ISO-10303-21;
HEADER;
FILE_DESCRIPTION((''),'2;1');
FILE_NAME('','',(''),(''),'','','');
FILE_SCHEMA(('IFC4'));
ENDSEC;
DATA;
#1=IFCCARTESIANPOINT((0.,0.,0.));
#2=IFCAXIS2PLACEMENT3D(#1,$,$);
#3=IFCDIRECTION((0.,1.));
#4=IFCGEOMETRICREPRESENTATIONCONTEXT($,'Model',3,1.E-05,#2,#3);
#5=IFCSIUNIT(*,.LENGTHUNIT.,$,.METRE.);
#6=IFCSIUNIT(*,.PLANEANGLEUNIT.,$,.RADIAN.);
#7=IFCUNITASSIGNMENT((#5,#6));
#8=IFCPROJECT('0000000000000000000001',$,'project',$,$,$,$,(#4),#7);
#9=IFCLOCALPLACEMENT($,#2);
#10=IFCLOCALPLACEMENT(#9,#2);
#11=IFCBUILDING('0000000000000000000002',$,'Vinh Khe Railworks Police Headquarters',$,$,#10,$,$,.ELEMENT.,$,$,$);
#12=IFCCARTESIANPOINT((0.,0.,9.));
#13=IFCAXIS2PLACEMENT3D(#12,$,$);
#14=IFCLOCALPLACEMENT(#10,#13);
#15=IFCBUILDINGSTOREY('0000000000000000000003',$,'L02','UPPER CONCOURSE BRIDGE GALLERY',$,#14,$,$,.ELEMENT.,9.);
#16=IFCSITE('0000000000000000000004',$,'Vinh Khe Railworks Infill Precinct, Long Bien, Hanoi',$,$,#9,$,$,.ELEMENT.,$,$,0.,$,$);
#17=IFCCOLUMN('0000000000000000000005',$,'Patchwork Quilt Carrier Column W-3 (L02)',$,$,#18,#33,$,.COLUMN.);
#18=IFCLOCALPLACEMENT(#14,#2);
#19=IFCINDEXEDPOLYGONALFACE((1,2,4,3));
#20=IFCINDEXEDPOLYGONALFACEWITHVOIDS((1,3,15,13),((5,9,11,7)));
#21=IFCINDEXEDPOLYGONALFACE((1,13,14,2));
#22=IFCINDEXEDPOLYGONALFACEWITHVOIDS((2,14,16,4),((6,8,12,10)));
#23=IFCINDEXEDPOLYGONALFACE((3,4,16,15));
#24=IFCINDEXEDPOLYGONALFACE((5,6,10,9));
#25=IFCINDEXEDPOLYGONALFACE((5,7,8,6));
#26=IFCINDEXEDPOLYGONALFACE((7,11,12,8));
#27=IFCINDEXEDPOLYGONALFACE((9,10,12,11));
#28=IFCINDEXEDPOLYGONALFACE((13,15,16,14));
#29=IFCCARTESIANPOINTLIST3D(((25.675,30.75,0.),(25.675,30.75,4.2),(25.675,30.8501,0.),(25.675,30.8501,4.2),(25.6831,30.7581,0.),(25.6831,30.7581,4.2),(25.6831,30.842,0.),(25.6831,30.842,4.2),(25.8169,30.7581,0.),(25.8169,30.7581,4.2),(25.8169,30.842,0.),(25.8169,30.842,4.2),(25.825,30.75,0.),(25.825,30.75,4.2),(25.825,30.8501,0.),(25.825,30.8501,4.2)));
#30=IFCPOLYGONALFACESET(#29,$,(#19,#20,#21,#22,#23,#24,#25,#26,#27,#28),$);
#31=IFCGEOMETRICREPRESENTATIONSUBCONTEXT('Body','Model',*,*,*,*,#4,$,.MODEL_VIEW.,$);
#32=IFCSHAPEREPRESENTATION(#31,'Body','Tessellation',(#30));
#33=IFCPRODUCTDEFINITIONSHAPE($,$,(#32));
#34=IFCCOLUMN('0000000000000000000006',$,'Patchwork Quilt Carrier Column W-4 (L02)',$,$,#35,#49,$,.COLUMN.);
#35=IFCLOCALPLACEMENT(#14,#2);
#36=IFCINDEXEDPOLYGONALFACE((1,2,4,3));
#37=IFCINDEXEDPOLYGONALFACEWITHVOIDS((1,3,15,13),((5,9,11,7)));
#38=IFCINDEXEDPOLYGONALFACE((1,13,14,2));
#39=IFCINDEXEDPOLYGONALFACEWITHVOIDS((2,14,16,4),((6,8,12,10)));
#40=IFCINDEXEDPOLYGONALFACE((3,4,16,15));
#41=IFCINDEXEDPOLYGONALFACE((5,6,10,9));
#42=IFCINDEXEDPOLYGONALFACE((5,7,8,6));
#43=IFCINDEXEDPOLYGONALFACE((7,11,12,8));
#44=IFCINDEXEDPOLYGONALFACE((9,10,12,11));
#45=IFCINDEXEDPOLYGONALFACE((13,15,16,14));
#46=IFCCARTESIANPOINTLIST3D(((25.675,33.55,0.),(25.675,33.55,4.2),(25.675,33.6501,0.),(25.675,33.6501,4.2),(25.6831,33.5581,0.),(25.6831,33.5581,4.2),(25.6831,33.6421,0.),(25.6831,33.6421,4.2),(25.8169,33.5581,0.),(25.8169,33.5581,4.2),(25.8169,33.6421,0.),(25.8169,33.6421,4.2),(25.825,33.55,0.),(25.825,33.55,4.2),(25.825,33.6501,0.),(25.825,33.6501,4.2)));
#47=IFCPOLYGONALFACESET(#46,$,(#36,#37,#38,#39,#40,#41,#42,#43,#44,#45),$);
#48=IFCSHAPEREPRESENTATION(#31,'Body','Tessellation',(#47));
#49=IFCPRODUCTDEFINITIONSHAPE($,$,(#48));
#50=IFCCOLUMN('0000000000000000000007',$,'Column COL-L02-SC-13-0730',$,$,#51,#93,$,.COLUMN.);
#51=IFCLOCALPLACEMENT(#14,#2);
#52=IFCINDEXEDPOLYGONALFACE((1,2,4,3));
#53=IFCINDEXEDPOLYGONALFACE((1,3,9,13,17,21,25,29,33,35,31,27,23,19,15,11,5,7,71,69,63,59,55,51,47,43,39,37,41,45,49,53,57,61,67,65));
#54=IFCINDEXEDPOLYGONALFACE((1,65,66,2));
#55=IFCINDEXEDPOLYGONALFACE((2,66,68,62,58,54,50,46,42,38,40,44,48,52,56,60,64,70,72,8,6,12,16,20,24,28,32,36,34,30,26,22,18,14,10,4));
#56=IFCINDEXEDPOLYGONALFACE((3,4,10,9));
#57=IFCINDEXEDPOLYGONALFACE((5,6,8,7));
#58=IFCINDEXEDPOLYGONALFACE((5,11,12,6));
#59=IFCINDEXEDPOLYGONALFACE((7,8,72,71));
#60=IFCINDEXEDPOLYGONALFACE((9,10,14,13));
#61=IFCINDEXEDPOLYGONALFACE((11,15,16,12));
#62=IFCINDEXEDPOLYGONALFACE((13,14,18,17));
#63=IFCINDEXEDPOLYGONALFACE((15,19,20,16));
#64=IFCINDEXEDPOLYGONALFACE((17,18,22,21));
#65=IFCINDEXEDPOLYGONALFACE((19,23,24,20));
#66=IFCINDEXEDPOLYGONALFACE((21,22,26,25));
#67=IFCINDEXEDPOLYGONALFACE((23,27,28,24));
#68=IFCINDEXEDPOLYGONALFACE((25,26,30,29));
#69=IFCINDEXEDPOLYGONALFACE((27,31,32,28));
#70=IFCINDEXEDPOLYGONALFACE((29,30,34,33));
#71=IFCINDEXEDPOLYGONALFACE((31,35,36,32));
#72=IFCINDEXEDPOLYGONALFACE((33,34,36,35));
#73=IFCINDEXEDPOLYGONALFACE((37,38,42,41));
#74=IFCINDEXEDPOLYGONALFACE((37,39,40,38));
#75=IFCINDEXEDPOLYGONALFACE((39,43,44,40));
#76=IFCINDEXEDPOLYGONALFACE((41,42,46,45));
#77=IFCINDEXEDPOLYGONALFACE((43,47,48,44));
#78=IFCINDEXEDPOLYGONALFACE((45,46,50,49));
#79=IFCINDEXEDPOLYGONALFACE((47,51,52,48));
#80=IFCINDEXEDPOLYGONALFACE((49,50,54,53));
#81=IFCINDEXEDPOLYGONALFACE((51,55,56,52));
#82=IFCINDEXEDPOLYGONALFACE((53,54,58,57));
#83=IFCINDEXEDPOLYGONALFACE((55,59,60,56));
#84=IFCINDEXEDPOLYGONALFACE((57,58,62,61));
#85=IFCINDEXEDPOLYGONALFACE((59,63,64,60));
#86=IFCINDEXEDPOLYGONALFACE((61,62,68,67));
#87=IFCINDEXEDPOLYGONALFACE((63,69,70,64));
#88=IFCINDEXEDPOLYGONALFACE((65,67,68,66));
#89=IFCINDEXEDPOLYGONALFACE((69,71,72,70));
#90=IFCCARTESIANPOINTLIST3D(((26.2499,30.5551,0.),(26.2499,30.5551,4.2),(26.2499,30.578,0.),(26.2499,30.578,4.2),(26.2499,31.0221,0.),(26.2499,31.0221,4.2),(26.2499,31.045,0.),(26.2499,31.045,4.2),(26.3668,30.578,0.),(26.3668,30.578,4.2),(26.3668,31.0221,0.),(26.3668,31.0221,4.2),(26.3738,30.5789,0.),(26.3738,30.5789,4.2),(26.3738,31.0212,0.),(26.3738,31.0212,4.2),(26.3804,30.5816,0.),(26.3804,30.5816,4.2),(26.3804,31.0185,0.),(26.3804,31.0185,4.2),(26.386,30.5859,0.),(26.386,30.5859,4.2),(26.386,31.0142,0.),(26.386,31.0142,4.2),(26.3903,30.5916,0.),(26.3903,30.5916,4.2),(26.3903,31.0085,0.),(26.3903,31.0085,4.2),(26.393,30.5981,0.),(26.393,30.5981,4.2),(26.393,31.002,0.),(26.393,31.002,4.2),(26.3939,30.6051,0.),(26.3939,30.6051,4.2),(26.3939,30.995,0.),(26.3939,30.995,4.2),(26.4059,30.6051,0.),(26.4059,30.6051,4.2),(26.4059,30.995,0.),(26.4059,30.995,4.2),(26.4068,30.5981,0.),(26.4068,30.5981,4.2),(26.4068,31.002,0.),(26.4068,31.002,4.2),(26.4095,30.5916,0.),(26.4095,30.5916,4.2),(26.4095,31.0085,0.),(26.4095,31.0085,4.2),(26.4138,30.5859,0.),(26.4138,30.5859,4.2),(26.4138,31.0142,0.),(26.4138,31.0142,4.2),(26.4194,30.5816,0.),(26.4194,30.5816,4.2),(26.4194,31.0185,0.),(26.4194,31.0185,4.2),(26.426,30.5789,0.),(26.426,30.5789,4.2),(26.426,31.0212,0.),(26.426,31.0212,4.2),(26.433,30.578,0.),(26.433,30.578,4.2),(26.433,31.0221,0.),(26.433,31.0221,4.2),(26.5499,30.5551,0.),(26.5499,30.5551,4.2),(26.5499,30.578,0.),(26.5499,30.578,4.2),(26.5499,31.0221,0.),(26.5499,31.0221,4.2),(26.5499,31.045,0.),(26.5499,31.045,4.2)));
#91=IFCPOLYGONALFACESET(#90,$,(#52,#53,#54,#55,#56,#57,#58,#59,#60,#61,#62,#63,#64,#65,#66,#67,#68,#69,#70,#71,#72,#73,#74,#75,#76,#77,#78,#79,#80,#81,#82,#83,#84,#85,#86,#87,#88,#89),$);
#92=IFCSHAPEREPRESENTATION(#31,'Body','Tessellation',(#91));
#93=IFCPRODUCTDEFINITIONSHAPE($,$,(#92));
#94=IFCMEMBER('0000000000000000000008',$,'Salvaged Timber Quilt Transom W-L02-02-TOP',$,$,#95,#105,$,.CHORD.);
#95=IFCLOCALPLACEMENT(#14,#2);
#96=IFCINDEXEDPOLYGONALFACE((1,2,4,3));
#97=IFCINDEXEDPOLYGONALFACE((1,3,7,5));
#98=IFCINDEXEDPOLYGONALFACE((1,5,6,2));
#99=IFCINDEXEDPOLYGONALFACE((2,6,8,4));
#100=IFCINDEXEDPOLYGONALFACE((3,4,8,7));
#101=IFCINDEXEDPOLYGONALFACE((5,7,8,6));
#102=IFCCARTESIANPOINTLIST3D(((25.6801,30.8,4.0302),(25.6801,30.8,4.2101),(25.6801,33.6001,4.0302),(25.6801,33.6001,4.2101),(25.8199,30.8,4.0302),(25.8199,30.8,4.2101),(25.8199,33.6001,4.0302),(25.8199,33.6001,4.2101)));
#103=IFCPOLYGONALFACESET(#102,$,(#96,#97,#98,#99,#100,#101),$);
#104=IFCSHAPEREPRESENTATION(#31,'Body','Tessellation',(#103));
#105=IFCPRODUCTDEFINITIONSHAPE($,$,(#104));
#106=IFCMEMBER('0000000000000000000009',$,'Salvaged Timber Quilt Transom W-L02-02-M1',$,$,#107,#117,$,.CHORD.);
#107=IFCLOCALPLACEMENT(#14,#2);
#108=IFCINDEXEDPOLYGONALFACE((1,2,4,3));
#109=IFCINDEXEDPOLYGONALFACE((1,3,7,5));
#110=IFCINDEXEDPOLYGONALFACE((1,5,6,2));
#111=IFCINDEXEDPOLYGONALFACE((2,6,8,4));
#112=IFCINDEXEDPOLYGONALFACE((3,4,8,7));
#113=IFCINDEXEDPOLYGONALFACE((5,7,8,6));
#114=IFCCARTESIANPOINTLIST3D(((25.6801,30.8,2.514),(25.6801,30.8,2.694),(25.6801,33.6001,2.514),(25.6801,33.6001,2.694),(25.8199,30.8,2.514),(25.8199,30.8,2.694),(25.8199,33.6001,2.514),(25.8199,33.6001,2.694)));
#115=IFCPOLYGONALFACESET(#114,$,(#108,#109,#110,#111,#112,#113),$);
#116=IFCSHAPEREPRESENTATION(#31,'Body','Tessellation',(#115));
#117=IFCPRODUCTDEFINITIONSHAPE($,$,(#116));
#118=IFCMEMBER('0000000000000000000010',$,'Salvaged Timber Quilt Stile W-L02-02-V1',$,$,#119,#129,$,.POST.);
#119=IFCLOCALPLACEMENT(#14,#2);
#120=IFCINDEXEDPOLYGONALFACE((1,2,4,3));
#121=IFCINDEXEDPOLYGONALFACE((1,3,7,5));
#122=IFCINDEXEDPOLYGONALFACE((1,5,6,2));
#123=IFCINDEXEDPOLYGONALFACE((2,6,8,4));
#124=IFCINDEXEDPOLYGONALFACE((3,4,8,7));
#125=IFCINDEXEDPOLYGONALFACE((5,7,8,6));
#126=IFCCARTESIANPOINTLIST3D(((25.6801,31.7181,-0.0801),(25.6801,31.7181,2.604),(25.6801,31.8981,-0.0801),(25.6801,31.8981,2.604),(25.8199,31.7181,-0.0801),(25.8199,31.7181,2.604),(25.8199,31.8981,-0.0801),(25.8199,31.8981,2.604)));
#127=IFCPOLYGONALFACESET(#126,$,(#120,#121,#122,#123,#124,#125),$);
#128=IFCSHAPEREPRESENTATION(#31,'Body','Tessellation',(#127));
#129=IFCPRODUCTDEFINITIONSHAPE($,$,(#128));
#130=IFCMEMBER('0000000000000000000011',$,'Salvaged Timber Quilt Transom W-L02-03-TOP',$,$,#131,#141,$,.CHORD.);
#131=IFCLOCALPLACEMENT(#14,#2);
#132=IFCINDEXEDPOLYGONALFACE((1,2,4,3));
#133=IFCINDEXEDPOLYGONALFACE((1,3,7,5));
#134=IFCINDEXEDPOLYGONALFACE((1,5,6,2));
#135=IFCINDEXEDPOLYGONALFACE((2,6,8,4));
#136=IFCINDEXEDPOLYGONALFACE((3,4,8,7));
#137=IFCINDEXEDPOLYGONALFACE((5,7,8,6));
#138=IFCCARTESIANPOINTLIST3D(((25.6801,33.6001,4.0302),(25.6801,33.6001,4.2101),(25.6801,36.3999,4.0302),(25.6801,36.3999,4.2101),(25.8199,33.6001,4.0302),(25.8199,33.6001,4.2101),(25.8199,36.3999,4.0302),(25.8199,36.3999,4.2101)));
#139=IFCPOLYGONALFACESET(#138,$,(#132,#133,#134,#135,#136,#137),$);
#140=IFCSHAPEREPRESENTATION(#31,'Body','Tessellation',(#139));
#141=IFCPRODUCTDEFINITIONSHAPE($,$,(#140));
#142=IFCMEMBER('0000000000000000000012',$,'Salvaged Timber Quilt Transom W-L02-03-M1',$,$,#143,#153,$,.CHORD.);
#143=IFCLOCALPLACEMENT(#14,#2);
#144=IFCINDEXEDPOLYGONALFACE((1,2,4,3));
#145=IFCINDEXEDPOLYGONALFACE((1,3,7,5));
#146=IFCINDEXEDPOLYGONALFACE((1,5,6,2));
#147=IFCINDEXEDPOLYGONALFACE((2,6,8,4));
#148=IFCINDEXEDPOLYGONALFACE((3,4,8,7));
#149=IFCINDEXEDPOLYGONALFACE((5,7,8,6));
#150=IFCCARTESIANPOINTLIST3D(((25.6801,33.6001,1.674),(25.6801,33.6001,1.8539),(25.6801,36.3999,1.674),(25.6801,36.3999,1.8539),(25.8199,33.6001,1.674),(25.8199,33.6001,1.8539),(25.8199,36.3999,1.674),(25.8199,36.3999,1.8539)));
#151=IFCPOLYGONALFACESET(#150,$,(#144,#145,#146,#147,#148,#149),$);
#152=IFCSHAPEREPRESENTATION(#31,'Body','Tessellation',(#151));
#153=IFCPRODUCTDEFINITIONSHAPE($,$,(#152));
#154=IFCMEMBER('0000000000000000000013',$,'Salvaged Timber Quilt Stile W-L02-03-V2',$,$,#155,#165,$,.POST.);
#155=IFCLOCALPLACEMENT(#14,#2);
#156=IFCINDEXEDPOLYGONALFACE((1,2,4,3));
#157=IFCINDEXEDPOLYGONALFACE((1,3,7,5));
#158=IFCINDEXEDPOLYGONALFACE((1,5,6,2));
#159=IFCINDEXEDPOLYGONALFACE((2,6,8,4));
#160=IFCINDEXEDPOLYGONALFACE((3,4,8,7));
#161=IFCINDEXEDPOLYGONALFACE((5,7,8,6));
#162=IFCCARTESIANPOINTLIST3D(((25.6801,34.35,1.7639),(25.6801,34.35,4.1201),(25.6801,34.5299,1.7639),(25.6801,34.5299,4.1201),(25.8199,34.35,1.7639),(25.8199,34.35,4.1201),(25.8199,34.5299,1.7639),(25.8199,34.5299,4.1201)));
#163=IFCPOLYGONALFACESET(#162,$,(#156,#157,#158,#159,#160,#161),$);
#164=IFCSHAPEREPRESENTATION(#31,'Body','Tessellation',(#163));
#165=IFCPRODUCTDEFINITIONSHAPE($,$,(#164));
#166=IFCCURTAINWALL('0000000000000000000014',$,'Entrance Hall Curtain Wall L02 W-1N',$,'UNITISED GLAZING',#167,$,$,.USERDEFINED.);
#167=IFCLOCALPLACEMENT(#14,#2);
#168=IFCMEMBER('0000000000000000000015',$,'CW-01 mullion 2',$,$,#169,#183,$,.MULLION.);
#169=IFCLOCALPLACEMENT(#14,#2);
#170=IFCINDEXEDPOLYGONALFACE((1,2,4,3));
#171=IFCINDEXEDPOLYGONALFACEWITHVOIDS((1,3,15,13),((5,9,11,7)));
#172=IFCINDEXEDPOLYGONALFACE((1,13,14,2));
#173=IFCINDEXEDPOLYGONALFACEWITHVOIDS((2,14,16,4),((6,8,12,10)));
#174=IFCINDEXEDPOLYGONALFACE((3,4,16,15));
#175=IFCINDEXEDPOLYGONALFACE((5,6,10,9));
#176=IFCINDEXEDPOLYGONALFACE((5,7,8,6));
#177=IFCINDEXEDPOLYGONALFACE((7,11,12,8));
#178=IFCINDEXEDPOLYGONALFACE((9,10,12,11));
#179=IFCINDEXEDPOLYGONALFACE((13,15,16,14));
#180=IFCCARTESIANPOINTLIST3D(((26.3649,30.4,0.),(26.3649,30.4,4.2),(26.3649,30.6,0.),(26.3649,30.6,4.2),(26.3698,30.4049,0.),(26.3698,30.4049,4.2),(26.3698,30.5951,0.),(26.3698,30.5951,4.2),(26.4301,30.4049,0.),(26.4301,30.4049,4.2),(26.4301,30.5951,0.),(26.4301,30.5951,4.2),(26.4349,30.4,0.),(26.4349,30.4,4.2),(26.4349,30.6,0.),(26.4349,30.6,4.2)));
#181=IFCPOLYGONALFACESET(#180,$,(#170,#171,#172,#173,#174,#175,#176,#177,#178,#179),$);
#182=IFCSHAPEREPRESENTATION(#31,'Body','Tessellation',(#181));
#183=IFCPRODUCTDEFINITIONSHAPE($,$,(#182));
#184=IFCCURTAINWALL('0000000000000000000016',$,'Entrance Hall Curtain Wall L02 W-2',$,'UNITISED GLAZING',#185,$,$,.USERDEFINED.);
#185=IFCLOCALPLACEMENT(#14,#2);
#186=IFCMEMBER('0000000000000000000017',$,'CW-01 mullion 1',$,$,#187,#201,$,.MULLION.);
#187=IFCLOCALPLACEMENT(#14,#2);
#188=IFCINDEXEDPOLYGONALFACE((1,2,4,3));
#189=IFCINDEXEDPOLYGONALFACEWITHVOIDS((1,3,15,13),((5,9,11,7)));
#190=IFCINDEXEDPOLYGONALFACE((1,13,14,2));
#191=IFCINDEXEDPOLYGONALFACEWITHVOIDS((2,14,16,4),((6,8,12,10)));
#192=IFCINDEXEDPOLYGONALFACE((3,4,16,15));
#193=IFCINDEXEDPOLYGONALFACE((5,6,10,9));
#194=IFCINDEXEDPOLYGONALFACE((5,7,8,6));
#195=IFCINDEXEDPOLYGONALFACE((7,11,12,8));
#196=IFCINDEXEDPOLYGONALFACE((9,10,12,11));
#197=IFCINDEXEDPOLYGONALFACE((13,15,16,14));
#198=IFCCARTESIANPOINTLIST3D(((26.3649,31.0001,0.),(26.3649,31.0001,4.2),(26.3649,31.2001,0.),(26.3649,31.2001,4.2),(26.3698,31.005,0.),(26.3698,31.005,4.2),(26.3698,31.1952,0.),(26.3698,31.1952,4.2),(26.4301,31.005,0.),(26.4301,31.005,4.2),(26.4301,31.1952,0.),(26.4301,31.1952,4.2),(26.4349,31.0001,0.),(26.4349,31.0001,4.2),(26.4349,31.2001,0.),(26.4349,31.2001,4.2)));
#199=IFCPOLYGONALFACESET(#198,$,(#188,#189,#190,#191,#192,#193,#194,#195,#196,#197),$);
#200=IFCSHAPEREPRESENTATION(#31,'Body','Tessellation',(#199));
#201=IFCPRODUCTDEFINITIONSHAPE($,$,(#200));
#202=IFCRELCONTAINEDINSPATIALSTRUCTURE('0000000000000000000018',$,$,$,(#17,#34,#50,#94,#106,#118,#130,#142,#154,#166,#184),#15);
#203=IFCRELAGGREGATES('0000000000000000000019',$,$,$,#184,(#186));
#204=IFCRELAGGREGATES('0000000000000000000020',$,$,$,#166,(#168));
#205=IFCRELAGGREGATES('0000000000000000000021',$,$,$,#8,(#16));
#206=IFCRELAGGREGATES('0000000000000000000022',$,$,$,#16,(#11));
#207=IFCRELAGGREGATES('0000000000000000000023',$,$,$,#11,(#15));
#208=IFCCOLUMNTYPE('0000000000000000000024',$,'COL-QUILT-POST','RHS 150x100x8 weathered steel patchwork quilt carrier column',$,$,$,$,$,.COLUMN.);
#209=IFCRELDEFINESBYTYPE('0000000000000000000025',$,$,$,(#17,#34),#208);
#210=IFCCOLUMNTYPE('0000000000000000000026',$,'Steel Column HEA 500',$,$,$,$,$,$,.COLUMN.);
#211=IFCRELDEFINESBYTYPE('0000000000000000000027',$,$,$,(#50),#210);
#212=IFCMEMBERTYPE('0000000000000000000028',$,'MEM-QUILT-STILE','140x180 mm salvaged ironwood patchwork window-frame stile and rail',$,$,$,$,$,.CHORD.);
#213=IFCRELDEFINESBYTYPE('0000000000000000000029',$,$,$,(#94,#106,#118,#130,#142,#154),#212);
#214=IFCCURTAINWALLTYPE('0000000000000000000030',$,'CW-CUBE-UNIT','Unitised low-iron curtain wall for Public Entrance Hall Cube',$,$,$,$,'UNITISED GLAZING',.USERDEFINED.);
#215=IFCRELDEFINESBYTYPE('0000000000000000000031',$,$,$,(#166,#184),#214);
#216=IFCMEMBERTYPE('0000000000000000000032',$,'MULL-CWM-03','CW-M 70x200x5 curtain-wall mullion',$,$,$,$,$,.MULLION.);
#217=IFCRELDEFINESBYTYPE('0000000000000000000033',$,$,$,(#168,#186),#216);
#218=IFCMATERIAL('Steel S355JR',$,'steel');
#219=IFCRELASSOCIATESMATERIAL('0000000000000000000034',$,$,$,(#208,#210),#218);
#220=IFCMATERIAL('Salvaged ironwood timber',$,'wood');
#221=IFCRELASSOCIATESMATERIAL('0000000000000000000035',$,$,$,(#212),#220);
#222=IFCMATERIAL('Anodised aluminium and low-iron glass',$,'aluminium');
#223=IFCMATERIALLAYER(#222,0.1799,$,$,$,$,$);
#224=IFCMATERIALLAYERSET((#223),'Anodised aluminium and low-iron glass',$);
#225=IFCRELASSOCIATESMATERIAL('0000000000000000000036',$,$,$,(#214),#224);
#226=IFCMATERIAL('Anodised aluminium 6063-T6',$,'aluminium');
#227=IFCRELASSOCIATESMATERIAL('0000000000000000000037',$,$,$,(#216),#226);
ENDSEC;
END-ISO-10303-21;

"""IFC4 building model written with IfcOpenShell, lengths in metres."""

from ifc_helpers import new_model, si_unit, direction, frame, origin, origin_2d, place, context, subcontext, project, spatial, rectangle, hollow_rectangle, i_section, extrude, material, layer, layer_set, material_profile, profile_set, type_object, element, aggregate, save


model = new_model("IFC4")

# Units and contexts
model_context = context("Model", 3, precision=1e-05, world=origin(), true_north=direction((0.0, 1.0)))
body_context = subcontext(model_context, "Body", "Model", "MODEL_VIEW")
ifc_project = project(units=[si_unit("LENGTHUNIT", "METRE"), si_unit("PLANEANGLEUNIT", "RADIAN")], contexts=[model_context])

# Site, building, storey
site_placement = place(None, origin())
site = spatial("IfcSite", under=ifc_project, at=site_placement, Name="Vinh Khe Railworks Infill Precinct, Long Bien, Hanoi", CompositionType="ELEMENT", RefElevation=0.0)
building_placement = place(site_placement, origin())
building = spatial("IfcBuilding", under=site, at=building_placement, Name="Vinh Khe Railworks Police Headquarters", CompositionType="ELEMENT")
storey_placement = place(building_placement, frame((0.0, 0.0, 9.0)))
storey = spatial("IfcBuildingStorey", under=building, at=storey_placement, Name="L02", Description="UPPER CONCOURSE BRIDGE GALLERY", CompositionType="ELEMENT", Elevation=9.0)

# Columns
ifc_material_1 = material(Name="Steel S355JR", Category="steel")
ifc_material_profile_1 = material_profile(ifc_material_1, hollow_rectangle(XDim=0.1499, YDim=0.1001, WallThickness=0.0081, at=origin_2d()), Name="RHS 150x100x8")
ifc_profile_set_1 = profile_set([ifc_material_profile_1], Name="Steel S355JR")
column_type_1 = type_object("IfcColumnType", Name="COL-QUILT-POST", Description="RHS 150x100x8 weathered steel patchwork quilt carrier column", PredefinedType="COLUMN", material=ifc_profile_set_1)
for number, where, z_axis, x_axis, name in (
    (1, (25.75, 30.8, 0.0), (0.0, 0.0, 1.0), (1.0, 0.0, 0.0), "Patchwork Quilt Carrier Column W-3 (L02)"),
    (2, (25.75, 33.6001, 0.0), (0.0, 0.0, 1.0), (1.0, 0.0, 0.0), "Patchwork Quilt Carrier Column W-4 (L02)"),
):
    element("IfcColumn", number, at=place(storey_placement, frame(where, z_axis=z_axis, x_axis=x_axis)), inside=storey, type_object=column_type_1, Name=name, PredefinedType="COLUMN", context=body_context, shape_type="SweptSolid", body=[
        extrude(hollow_rectangle(XDim=0.1499, YDim=0.1001, WallThickness=0.0081, at=origin_2d()), origin(), (0.0, 0.0, 1.0), 4.2),
    ])
ifc_material_profile_2 = material_profile(ifc_material_1, i_section(OverallWidth=0.3, OverallDepth=0.49, WebThickness=0.012, FlangeThickness=0.0229, FilletRadius=0.0271, at=origin_2d()), Name="HEA 500")
ifc_profile_set_2 = profile_set([ifc_material_profile_2], Name="Steel S355JR")
column_type_2 = type_object("IfcColumnType", Name="Steel Column HEA 500", PredefinedType="COLUMN", material=ifc_profile_set_2)
column_placement = place(storey_placement, frame((26.3999, 30.8, 0.0), z_axis=(0.0, 0.0, 1.0), x_axis=(1.0, 0.0, 0.0)))
element("IfcColumn", 3, at=column_placement, inside=storey, type_object=column_type_2, Name="Column COL-L02-SC-13-0730", PredefinedType="COLUMN", context=body_context, shape_type="SweptSolid", body=[
    extrude(i_section(OverallWidth=0.3, OverallDepth=0.49, WebThickness=0.012, FlangeThickness=0.0229, FilletRadius=0.0271, at=origin_2d()), origin(), (0.0, 0.0, 1.0), 4.2),
])

# Members
ifc_material_2 = material(Name="Salvaged ironwood timber", Category="wood")
ifc_material_profile_3 = material_profile(ifc_material_2, rectangle(XDim=0.1399, YDim=0.1799, at=origin_2d()), Name="TIMBER 140x180")
ifc_profile_set_3 = profile_set([ifc_material_profile_3], Name="Salvaged ironwood timber")
member_type_1 = type_object("IfcMemberType", Name="MEM-QUILT-STILE", Description="140x180 mm salvaged ironwood patchwork window-frame stile and rail", PredefinedType="CHORD", material=ifc_profile_set_3)
for number, where, z_axis, x_axis, name in (
    (4, (25.75, 30.8, 4.1201), (0.0, 1.0, 0.0), (-1.0, 0.0, 0.0), "Salvaged Timber Quilt Transom W-L02-02-TOP"),
    (5, (25.75, 30.8, 2.604), (0.0, 1.0, 0.0), (-1.0, 0.0, 0.0), "Salvaged Timber Quilt Transom W-L02-02-M1"),
):
    element("IfcMember", number, at=place(storey_placement, frame(where, z_axis=z_axis, x_axis=x_axis)), inside=storey, type_object=member_type_1, Name=name, PredefinedType="CHORD", context=body_context, shape_type="SweptSolid", body=[
        extrude(rectangle(XDim=0.1399, YDim=0.1799, at=origin_2d()), origin(), (0.0, 0.0, 1.0), 2.8),
    ])
member_1_placement = place(storey_placement, frame((25.75, 31.8081, -0.0801), z_axis=(0.0, 0.0, 1.0), x_axis=(1.0, 0.0, 0.0)))
element("IfcMember", 6, at=member_1_placement, inside=storey, type_object=member_type_1, Name="Salvaged Timber Quilt Stile W-L02-02-V1", PredefinedType="POST", context=body_context, shape_type="SweptSolid", body=[
    extrude(rectangle(XDim=0.1399, YDim=0.1799, at=origin_2d()), origin(), (0.0, 0.0, 1.0), 2.6841),
])
for number, where, z_axis, x_axis, name in (
    (7, (25.75, 33.6001, 4.1201), (0.0, 1.0, 0.0), (-1.0, 0.0, 0.0), "Salvaged Timber Quilt Transom W-L02-03-TOP"),
    (8, (25.75, 33.6001, 1.7639), (0.0, 1.0, 0.0), (-1.0, 0.0, 0.0), "Salvaged Timber Quilt Transom W-L02-03-M1"),
):
    element("IfcMember", number, at=place(storey_placement, frame(where, z_axis=z_axis, x_axis=x_axis)), inside=storey, type_object=member_type_1, Name=name, PredefinedType="CHORD", context=body_context, shape_type="SweptSolid", body=[
        extrude(rectangle(XDim=0.1399, YDim=0.1799, at=origin_2d()), origin(), (0.0, 0.0, 1.0), 2.7998),
    ])
member_2_placement = place(storey_placement, frame((25.75, 34.4399, 1.7639), z_axis=(0.0, 0.0, 1.0), x_axis=(1.0, 0.0, 0.0)))
element("IfcMember", 9, at=member_2_placement, inside=storey, type_object=member_type_1, Name="Salvaged Timber Quilt Stile W-L02-03-V2", PredefinedType="POST", context=body_context, shape_type="SweptSolid", body=[
    extrude(rectangle(XDim=0.1399, YDim=0.1799, at=origin_2d()), origin(), (0.0, 0.0, 1.0), 2.3562),
])

# Curtain walls, members
ifc_material_3 = material(Name="Anodised aluminium and low-iron glass", Category="aluminium")
ifc_layer_1 = layer(ifc_material_3, 0.1799)
ifc_layer_set_1 = layer_set([ifc_layer_1], Name="Anodised aluminium and low-iron glass")
curtain_wall_type = type_object("IfcCurtainWallType", Name="CW-CUBE-UNIT", Description="Unitised low-iron curtain wall for Public Entrance Hall Cube", ElementType="UNITISED GLAZING", PredefinedType="USERDEFINED", material=ifc_layer_set_1)
curtain_wall_1_placement = place(storey_placement, origin())
curtain_wall_1 = element("IfcCurtainWall", 10, at=curtain_wall_1_placement, inside=storey, type_object=curtain_wall_type, Name="Entrance Hall Curtain Wall L02 W-1N", ObjectType="UNITISED GLAZING", PredefinedType="USERDEFINED")
ifc_material_4 = material(Name="Anodised aluminium 6063-T6", Category="aluminium")
ifc_material_profile_4 = material_profile(ifc_material_4, hollow_rectangle(XDim=0.0701, YDim=0.2, WallThickness=0.0049, at=origin_2d()), Name="CW-M 70x200x5")
ifc_profile_set_4 = profile_set([ifc_material_profile_4], Name="Anodised aluminium 6063-T6")
member_type_2 = type_object("IfcMemberType", Name="MULL-CWM-03", Description="CW-M 70x200x5 curtain-wall mullion", PredefinedType="MULLION", material=ifc_profile_set_4)
member_3_placement = place(storey_placement, frame((26.3999, 30.5, 0.0), z_axis=(0.0, 0.0, 1.0), x_axis=(-1.0, 0.0, 0.0)))
member_3 = element("IfcMember", 11, at=member_3_placement, type_object=member_type_2, Name="CW-01 mullion 2", PredefinedType="MULLION", context=body_context, shape_type="SweptSolid", body=[
    extrude(hollow_rectangle(XDim=0.0701, YDim=0.2, WallThickness=0.0049, at=origin_2d()), origin(), (0.0, 0.0, 1.0), 4.2),
])
curtain_wall_2_placement = place(storey_placement, origin())
curtain_wall_2 = element("IfcCurtainWall", 12, at=curtain_wall_2_placement, inside=storey, type_object=curtain_wall_type, Name="Entrance Hall Curtain Wall L02 W-2", ObjectType="UNITISED GLAZING", PredefinedType="USERDEFINED")
member_4_placement = place(storey_placement, frame((26.3999, 31.1001, 0.0), z_axis=(0.0, 0.0, 1.0), x_axis=(-1.0, 0.0, 0.0)))
member_4 = element("IfcMember", 13, at=member_4_placement, type_object=member_type_2, Name="CW-01 mullion 1", PredefinedType="MULLION", context=body_context, shape_type="SweptSolid", body=[
    extrude(hollow_rectangle(XDim=0.0701, YDim=0.2, WallThickness=0.0049, at=origin_2d()), origin(), (0.0, 0.0, 1.0), 4.2),
])

aggregate(curtain_wall_2, [member_4])

aggregate(curtain_wall_1, [member_3])

save(model, "model.ifc")
